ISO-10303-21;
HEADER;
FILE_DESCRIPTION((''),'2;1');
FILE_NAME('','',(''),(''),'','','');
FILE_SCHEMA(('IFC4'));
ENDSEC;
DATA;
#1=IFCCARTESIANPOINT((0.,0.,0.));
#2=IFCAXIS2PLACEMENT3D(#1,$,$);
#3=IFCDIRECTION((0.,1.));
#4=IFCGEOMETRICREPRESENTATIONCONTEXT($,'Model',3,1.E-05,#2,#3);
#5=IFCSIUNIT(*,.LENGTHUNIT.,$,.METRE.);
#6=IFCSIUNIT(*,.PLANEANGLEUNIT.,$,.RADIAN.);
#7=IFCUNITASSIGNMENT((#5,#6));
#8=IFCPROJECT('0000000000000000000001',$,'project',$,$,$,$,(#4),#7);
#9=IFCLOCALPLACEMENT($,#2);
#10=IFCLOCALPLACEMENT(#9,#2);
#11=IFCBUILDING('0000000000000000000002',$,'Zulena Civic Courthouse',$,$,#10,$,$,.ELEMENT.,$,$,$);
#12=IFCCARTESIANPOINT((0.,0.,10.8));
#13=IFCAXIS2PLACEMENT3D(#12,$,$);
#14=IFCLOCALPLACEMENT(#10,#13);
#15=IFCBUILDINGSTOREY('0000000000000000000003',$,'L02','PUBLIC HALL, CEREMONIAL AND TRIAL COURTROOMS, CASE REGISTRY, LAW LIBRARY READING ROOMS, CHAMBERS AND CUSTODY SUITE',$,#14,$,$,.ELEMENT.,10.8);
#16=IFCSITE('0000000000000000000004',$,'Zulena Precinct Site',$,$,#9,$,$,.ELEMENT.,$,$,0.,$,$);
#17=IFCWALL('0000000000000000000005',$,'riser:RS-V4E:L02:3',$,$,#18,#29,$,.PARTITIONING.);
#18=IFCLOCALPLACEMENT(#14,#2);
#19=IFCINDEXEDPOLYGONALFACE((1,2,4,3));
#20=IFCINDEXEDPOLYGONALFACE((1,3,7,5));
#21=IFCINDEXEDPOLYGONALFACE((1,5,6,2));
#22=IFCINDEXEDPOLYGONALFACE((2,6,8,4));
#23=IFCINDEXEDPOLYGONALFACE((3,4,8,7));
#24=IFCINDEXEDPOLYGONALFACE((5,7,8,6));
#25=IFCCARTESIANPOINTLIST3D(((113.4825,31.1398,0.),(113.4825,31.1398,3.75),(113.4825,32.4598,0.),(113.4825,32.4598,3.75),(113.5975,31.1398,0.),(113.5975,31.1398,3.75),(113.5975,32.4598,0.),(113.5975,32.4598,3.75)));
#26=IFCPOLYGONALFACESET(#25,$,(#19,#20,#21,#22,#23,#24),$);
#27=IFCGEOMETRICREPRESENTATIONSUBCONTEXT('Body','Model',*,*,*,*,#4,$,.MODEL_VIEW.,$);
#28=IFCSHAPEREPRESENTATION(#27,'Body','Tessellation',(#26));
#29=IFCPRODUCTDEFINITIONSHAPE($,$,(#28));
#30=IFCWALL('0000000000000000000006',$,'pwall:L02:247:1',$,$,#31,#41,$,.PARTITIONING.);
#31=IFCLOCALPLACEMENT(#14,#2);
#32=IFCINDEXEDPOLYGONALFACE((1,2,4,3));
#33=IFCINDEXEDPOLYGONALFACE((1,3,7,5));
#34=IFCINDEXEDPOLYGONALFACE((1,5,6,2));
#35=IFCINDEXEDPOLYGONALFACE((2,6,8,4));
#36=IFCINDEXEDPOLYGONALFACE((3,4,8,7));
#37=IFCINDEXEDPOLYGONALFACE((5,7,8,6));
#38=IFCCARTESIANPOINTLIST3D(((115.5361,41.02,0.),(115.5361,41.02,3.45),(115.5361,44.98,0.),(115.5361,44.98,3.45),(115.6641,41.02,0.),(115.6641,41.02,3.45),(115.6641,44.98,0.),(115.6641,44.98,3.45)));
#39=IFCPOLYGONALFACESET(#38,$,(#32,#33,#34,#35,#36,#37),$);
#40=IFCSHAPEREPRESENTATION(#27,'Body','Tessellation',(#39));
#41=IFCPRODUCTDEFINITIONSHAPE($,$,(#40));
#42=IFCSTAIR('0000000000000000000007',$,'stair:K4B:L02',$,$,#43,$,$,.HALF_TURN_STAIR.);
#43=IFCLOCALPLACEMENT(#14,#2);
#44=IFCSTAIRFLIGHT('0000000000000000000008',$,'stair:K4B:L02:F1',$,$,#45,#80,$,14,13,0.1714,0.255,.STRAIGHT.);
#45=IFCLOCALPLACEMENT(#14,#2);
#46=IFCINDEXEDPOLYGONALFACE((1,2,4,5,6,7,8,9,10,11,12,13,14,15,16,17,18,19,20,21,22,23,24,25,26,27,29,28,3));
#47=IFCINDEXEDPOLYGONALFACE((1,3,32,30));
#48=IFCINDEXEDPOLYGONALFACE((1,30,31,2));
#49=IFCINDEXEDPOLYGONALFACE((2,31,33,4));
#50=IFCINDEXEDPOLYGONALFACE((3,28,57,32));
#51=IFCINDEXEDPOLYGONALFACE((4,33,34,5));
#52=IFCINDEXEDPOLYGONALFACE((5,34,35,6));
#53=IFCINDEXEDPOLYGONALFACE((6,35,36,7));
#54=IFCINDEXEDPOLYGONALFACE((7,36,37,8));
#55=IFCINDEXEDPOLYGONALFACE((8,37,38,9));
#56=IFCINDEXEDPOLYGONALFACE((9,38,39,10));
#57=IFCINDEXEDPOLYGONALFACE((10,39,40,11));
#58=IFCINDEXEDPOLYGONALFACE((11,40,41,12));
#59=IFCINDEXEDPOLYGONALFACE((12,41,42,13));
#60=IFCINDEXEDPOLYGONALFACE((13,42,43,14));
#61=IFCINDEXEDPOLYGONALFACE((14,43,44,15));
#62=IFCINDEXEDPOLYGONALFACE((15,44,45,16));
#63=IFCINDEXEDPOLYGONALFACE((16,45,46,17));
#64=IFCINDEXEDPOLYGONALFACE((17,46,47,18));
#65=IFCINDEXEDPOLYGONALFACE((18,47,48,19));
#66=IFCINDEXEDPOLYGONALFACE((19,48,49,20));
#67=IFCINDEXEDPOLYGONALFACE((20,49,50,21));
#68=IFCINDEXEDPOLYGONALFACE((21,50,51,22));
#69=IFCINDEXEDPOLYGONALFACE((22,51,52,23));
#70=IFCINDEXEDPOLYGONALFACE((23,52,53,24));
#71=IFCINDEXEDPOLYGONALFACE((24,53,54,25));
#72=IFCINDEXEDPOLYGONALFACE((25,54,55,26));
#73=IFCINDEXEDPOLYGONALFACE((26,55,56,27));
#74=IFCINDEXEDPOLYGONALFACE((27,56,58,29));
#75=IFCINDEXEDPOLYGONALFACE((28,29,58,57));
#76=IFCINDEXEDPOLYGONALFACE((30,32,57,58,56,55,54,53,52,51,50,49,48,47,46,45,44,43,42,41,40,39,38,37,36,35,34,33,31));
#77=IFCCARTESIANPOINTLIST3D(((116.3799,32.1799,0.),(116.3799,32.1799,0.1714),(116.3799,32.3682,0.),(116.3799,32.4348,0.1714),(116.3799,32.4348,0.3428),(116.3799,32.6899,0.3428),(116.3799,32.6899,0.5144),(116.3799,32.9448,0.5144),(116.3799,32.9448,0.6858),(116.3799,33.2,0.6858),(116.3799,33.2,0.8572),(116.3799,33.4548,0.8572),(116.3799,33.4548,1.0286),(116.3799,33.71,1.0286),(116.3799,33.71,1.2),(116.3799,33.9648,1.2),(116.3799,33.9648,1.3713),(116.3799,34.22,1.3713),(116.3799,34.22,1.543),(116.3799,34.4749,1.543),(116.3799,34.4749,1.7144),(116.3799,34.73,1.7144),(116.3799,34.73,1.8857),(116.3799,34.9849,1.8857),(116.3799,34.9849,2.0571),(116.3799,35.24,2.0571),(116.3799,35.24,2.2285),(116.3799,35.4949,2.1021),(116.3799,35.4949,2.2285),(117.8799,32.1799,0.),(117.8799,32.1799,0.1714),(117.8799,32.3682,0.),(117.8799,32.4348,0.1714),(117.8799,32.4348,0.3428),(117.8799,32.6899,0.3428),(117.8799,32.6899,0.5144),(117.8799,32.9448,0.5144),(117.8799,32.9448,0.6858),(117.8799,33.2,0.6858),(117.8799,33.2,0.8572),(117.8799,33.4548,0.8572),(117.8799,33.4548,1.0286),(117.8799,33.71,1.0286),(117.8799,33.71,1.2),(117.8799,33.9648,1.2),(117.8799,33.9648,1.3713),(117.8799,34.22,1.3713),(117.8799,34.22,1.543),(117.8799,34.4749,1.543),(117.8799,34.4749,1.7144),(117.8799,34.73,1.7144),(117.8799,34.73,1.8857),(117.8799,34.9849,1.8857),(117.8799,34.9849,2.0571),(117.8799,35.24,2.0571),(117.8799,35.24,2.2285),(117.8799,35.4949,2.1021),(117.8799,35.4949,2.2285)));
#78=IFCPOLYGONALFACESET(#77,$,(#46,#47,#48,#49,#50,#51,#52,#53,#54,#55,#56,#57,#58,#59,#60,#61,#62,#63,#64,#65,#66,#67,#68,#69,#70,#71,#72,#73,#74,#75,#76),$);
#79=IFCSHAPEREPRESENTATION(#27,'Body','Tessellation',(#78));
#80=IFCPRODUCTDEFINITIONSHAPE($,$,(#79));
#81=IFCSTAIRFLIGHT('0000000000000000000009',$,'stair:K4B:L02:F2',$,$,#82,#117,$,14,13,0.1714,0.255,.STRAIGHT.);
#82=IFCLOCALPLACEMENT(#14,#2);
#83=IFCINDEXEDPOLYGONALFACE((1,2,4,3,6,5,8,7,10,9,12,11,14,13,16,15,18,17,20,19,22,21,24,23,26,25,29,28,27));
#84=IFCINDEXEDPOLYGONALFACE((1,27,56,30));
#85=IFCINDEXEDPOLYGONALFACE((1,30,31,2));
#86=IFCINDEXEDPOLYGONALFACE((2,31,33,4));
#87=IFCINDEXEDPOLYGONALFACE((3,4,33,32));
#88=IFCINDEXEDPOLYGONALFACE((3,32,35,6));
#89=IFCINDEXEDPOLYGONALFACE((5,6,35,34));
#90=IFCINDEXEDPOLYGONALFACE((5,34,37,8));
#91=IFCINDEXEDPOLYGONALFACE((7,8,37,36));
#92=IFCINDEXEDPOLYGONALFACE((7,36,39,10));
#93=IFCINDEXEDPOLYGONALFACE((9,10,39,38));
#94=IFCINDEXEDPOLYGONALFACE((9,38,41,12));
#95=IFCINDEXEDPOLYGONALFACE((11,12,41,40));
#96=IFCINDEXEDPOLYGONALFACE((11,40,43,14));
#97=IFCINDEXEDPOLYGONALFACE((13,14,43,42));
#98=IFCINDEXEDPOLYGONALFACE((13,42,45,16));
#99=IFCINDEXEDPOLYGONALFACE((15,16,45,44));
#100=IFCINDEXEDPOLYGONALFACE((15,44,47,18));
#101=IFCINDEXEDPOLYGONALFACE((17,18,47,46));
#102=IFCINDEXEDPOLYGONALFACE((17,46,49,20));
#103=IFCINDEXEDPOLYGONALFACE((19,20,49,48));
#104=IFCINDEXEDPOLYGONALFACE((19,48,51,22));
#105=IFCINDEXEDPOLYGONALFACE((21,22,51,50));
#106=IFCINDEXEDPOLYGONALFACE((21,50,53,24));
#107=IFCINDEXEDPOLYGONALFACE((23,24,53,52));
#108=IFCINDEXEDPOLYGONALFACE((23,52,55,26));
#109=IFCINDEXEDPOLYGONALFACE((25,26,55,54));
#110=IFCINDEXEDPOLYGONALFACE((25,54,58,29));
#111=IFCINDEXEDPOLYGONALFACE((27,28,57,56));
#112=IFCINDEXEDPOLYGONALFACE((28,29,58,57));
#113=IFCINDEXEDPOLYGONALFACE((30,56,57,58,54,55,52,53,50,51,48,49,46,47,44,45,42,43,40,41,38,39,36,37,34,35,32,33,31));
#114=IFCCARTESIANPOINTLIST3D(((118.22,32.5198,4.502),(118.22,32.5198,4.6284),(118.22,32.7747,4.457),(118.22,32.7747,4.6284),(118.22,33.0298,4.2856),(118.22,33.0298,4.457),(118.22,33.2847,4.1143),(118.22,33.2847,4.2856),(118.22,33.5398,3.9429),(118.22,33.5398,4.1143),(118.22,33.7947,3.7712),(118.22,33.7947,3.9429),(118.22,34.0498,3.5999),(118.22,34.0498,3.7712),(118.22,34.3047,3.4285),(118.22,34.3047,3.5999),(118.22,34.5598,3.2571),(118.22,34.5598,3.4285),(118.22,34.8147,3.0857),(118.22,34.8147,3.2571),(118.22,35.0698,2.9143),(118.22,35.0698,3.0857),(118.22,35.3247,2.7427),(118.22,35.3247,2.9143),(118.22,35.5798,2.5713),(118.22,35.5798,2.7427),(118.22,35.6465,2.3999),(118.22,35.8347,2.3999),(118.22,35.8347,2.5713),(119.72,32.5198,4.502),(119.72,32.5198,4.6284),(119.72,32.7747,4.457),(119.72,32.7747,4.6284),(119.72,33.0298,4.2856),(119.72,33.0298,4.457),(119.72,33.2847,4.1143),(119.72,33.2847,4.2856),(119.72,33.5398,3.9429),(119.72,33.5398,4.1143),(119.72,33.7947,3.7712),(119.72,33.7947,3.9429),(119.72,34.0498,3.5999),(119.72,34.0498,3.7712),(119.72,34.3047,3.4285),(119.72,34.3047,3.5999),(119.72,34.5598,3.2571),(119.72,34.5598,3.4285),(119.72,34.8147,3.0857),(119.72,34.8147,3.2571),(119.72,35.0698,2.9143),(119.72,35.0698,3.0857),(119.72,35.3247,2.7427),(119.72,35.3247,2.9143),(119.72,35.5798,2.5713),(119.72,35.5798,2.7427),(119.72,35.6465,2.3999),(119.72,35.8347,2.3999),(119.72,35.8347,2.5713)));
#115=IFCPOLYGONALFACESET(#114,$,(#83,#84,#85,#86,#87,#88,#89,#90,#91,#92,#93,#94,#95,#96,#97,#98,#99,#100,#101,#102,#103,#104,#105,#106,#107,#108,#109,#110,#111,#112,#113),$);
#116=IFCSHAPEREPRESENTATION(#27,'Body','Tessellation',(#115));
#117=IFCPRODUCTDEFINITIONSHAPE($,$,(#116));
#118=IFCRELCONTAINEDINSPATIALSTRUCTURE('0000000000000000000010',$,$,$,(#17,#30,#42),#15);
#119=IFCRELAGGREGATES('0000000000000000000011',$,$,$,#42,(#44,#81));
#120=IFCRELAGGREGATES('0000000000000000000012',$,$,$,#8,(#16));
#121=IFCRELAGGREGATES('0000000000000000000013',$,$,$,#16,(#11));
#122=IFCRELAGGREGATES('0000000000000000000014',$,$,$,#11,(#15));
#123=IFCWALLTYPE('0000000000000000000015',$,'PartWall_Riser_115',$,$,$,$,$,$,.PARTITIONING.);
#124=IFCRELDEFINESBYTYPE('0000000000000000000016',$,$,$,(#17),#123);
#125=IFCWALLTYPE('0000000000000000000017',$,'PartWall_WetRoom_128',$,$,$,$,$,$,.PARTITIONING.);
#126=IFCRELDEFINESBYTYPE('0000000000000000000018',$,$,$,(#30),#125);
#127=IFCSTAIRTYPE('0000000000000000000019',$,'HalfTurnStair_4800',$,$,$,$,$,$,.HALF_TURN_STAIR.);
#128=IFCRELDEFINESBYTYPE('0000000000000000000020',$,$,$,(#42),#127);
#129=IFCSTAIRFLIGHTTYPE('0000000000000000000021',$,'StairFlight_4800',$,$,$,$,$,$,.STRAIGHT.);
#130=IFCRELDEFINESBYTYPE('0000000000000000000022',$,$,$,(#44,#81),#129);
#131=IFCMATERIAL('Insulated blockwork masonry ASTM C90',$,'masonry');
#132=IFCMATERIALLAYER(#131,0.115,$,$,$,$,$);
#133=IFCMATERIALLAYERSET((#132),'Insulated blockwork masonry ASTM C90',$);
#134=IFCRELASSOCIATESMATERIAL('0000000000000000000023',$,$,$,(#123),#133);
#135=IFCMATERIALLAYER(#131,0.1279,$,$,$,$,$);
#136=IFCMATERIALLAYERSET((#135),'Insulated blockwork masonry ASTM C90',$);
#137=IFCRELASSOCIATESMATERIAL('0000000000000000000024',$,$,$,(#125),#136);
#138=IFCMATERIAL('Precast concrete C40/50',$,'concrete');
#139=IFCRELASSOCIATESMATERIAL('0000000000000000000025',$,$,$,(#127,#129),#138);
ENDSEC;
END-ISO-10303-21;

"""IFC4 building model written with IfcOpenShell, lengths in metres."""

from ifc_helpers import new_model, si_unit, direction, frame, frame_2d, origin, place, context, subcontext, project, spatial, polyline, rectangle, outline, extrude, material, layer, layer_set, type_object, element, aggregate, save


model = new_model("IFC4")

# Units and contexts
model_context = context("Model", 3, precision=1e-05, world=origin(), true_north=direction((0.0, 1.0)))
body_context = subcontext(model_context, "Body", "Model", "MODEL_VIEW")
ifc_project = project(units=[si_unit("LENGTHUNIT", "METRE"), si_unit("PLANEANGLEUNIT", "RADIAN")], contexts=[model_context])

# Site, building, storey
site_placement = place(None, origin())
site = spatial("IfcSite", under=ifc_project, at=site_placement, Name="Zulena Precinct Site", CompositionType="ELEMENT", RefElevation=0.0)
building_placement = place(site_placement, origin())
building = spatial("IfcBuilding", under=site, at=building_placement, Name="Zulena Civic Courthouse", CompositionType="ELEMENT")
storey_placement = place(building_placement, frame((0.0, 0.0, 10.8)))
storey = spatial("IfcBuildingStorey", under=building, at=storey_placement, Name="L02", Description="PUBLIC HALL, CEREMONIAL AND TRIAL COURTROOMS, CASE REGISTRY, LAW LIBRARY READING ROOMS, CHAMBERS AND CUSTODY SUITE", CompositionType="ELEMENT", Elevation=10.8)

# Walls
ifc_material_1 = material(Name="Insulated blockwork masonry ASTM C90", Category="masonry")
ifc_layer_1 = layer(ifc_material_1, 0.115)
ifc_layer_set_1 = layer_set([ifc_layer_1], Name="Insulated blockwork masonry ASTM C90")
wall_type_1 = type_object("IfcWallType", Name="PartWall_Riser_115", PredefinedType="PARTITIONING", material=ifc_layer_set_1)
for number, where, z_axis, x_axis, name in (
    (1, (113.54, 32.46, 0.0), (0.0, 0.0, 1.0), (0.0, -1.0, 0.0), "riser:RS-V4E:L02:3"),
):
    element("IfcWall", number, at=place(storey_placement, frame(where, z_axis=z_axis, x_axis=x_axis)), inside=storey, type_object=wall_type_1, Name=name, PredefinedType="PARTITIONING", context=body_context, shape_type="SweptSolid", body=[
        extrude(rectangle(XDim=1.3201, YDim=0.115, at=frame_2d((0.6602, 0.0))), origin(), (0.0, 0.0, 1.0), 3.75),
    ])
ifc_layer_2 = layer(ifc_material_1, 0.1279)
ifc_layer_set_2 = layer_set([ifc_layer_2], Name="Insulated blockwork masonry ASTM C90")
wall_type_2 = type_object("IfcWallType", Name="PartWall_WetRoom_128", PredefinedType="PARTITIONING", material=ifc_layer_set_2)
wall_1_placement = place(storey_placement, frame((115.6001, 41.02, 0.0), z_axis=(0.0, 0.0, 1.0), x_axis=(0.0, 1.0, 0.0)))
element("IfcWall", 2, at=wall_1_placement, inside=storey, type_object=wall_type_2, Name="pwall:L02:247:1", PredefinedType="PARTITIONING", context=body_context, shape_type="SweptSolid", body=[
    extrude(rectangle(XDim=3.96, YDim=0.1279, at=frame_2d((1.98, 0.0))), origin(), (0.0, 0.0, 1.0), 3.45),
])

# Stair, stair flights
ifc_material_2 = material(Name="Precast concrete C40/50", Category="concrete")
stair_type = type_object("IfcStairType", Name="HalfTurnStair_4800", PredefinedType="HALF_TURN_STAIR", material=ifc_material_2)
stair_placement = place(storey_placement, origin())
stair = element("IfcStair", 3, at=stair_placement, inside=storey, type_object=stair_type, Name="stair:K4B:L02", PredefinedType="HALF_TURN_STAIR")
stair_flight_type = type_object("IfcStairFlightType", Name="StairFlight_4800", PredefinedType="STRAIGHT", material=ifc_material_2)
stair_flight_1_placement = place(storey_placement, frame((117.1299, 32.1799, 0.0), z_axis=(0.0, 0.0, 1.0), x_axis=(0.0, 1.0, 0.0)))
stair_flight_1 = element("IfcStairFlight", 4, at=stair_flight_1_placement, type_object=stair_flight_type, Name="stair:K4B:L02:F1", NumberOfRisers=14, NumberOfTreads=13, PredefinedType="STRAIGHT", RiserHeight=0.1714, TreadLength=0.255, context=body_context, shape_type="SweptSolid", body=[
    extrude(outline(polyline([(0.0, 0.0), (0.0, 0.1714), (0.2549, 0.1714), (0.2549, 0.3428), (0.51, 0.3428), (0.51, 0.5144), (0.7649, 0.5144), (0.7649, 0.6858), (1.02, 0.6858), (1.02, 0.8572), (1.2749, 0.8572), (1.2749, 1.0286), (1.53, 1.0286), (1.53, 1.2), (1.7849, 1.2), (1.7849, 1.3713), (2.04, 1.3713), (2.04, 1.543), (2.2949, 1.543), (2.2949, 1.7144), (2.55, 1.7144), (2.55, 1.8857), (2.8049, 1.8857), (2.8049, 2.0571), (3.0601, 2.0571), (3.0601, 2.2285), (3.3149, 2.2285), (3.3149, 2.3999), (3.3149, 2.1021), (0.1882, 0.0), (0.0, 0.0)])), frame((0.0, 0.75, 0.0), z_axis=(0.0, -1.0, 0.0), x_axis=(1.0, 0.0, 0.0)), (0.0, 0.0, 1.0), 1.5),
])
stair_flight_2_placement = place(storey_placement, frame((118.97, 35.8347, 2.3999), z_axis=(0.0, 0.0, 1.0), x_axis=(0.0, -1.0, 0.0)))
stair_flight_2 = element("IfcStairFlight", 5, at=stair_flight_2_placement, type_object=stair_flight_type, Name="stair:K4B:L02:F2", NumberOfRisers=14, NumberOfTreads=13, PredefinedType="STRAIGHT", RiserHeight=0.1714, TreadLength=0.255, context=body_context, shape_type="SweptSolid", body=[
    extrude(outline(polyline([(0.0, 0.0), (0.0, 0.1714), (0.2549, 0.1714), (0.2549, 0.3428), (0.51, 0.3428), (0.51, 0.5144), (0.7649, 0.5144), (0.7649, 0.6858), (1.02, 0.6858), (1.02, 0.8572), (1.2749, 0.8572), (1.2749, 1.0286), (1.53, 1.0286), (1.53, 1.2), (1.7849, 1.2), (1.7849, 1.3713), (2.04, 1.3713), (2.04, 1.543), (2.2949, 1.543), (2.2949, 1.7144), (2.55, 1.7144), (2.55, 1.8857), (2.8049, 1.8857), (2.8049, 2.0571), (3.0601, 2.0571), (3.0601, 2.2285), (3.3149, 2.2285), (3.3149, 2.3999), (3.3149, 2.1021), (0.1882, 0.0), (0.0, 0.0)])), frame((0.0, 0.75, 0.0), z_axis=(0.0, -1.0, 0.0), x_axis=(1.0, 0.0, 0.0)), (0.0, 0.0, 1.0), 1.5),
])
aggregate(stair, [stair_flight_1, stair_flight_2])

save(model, "model.ifc")
